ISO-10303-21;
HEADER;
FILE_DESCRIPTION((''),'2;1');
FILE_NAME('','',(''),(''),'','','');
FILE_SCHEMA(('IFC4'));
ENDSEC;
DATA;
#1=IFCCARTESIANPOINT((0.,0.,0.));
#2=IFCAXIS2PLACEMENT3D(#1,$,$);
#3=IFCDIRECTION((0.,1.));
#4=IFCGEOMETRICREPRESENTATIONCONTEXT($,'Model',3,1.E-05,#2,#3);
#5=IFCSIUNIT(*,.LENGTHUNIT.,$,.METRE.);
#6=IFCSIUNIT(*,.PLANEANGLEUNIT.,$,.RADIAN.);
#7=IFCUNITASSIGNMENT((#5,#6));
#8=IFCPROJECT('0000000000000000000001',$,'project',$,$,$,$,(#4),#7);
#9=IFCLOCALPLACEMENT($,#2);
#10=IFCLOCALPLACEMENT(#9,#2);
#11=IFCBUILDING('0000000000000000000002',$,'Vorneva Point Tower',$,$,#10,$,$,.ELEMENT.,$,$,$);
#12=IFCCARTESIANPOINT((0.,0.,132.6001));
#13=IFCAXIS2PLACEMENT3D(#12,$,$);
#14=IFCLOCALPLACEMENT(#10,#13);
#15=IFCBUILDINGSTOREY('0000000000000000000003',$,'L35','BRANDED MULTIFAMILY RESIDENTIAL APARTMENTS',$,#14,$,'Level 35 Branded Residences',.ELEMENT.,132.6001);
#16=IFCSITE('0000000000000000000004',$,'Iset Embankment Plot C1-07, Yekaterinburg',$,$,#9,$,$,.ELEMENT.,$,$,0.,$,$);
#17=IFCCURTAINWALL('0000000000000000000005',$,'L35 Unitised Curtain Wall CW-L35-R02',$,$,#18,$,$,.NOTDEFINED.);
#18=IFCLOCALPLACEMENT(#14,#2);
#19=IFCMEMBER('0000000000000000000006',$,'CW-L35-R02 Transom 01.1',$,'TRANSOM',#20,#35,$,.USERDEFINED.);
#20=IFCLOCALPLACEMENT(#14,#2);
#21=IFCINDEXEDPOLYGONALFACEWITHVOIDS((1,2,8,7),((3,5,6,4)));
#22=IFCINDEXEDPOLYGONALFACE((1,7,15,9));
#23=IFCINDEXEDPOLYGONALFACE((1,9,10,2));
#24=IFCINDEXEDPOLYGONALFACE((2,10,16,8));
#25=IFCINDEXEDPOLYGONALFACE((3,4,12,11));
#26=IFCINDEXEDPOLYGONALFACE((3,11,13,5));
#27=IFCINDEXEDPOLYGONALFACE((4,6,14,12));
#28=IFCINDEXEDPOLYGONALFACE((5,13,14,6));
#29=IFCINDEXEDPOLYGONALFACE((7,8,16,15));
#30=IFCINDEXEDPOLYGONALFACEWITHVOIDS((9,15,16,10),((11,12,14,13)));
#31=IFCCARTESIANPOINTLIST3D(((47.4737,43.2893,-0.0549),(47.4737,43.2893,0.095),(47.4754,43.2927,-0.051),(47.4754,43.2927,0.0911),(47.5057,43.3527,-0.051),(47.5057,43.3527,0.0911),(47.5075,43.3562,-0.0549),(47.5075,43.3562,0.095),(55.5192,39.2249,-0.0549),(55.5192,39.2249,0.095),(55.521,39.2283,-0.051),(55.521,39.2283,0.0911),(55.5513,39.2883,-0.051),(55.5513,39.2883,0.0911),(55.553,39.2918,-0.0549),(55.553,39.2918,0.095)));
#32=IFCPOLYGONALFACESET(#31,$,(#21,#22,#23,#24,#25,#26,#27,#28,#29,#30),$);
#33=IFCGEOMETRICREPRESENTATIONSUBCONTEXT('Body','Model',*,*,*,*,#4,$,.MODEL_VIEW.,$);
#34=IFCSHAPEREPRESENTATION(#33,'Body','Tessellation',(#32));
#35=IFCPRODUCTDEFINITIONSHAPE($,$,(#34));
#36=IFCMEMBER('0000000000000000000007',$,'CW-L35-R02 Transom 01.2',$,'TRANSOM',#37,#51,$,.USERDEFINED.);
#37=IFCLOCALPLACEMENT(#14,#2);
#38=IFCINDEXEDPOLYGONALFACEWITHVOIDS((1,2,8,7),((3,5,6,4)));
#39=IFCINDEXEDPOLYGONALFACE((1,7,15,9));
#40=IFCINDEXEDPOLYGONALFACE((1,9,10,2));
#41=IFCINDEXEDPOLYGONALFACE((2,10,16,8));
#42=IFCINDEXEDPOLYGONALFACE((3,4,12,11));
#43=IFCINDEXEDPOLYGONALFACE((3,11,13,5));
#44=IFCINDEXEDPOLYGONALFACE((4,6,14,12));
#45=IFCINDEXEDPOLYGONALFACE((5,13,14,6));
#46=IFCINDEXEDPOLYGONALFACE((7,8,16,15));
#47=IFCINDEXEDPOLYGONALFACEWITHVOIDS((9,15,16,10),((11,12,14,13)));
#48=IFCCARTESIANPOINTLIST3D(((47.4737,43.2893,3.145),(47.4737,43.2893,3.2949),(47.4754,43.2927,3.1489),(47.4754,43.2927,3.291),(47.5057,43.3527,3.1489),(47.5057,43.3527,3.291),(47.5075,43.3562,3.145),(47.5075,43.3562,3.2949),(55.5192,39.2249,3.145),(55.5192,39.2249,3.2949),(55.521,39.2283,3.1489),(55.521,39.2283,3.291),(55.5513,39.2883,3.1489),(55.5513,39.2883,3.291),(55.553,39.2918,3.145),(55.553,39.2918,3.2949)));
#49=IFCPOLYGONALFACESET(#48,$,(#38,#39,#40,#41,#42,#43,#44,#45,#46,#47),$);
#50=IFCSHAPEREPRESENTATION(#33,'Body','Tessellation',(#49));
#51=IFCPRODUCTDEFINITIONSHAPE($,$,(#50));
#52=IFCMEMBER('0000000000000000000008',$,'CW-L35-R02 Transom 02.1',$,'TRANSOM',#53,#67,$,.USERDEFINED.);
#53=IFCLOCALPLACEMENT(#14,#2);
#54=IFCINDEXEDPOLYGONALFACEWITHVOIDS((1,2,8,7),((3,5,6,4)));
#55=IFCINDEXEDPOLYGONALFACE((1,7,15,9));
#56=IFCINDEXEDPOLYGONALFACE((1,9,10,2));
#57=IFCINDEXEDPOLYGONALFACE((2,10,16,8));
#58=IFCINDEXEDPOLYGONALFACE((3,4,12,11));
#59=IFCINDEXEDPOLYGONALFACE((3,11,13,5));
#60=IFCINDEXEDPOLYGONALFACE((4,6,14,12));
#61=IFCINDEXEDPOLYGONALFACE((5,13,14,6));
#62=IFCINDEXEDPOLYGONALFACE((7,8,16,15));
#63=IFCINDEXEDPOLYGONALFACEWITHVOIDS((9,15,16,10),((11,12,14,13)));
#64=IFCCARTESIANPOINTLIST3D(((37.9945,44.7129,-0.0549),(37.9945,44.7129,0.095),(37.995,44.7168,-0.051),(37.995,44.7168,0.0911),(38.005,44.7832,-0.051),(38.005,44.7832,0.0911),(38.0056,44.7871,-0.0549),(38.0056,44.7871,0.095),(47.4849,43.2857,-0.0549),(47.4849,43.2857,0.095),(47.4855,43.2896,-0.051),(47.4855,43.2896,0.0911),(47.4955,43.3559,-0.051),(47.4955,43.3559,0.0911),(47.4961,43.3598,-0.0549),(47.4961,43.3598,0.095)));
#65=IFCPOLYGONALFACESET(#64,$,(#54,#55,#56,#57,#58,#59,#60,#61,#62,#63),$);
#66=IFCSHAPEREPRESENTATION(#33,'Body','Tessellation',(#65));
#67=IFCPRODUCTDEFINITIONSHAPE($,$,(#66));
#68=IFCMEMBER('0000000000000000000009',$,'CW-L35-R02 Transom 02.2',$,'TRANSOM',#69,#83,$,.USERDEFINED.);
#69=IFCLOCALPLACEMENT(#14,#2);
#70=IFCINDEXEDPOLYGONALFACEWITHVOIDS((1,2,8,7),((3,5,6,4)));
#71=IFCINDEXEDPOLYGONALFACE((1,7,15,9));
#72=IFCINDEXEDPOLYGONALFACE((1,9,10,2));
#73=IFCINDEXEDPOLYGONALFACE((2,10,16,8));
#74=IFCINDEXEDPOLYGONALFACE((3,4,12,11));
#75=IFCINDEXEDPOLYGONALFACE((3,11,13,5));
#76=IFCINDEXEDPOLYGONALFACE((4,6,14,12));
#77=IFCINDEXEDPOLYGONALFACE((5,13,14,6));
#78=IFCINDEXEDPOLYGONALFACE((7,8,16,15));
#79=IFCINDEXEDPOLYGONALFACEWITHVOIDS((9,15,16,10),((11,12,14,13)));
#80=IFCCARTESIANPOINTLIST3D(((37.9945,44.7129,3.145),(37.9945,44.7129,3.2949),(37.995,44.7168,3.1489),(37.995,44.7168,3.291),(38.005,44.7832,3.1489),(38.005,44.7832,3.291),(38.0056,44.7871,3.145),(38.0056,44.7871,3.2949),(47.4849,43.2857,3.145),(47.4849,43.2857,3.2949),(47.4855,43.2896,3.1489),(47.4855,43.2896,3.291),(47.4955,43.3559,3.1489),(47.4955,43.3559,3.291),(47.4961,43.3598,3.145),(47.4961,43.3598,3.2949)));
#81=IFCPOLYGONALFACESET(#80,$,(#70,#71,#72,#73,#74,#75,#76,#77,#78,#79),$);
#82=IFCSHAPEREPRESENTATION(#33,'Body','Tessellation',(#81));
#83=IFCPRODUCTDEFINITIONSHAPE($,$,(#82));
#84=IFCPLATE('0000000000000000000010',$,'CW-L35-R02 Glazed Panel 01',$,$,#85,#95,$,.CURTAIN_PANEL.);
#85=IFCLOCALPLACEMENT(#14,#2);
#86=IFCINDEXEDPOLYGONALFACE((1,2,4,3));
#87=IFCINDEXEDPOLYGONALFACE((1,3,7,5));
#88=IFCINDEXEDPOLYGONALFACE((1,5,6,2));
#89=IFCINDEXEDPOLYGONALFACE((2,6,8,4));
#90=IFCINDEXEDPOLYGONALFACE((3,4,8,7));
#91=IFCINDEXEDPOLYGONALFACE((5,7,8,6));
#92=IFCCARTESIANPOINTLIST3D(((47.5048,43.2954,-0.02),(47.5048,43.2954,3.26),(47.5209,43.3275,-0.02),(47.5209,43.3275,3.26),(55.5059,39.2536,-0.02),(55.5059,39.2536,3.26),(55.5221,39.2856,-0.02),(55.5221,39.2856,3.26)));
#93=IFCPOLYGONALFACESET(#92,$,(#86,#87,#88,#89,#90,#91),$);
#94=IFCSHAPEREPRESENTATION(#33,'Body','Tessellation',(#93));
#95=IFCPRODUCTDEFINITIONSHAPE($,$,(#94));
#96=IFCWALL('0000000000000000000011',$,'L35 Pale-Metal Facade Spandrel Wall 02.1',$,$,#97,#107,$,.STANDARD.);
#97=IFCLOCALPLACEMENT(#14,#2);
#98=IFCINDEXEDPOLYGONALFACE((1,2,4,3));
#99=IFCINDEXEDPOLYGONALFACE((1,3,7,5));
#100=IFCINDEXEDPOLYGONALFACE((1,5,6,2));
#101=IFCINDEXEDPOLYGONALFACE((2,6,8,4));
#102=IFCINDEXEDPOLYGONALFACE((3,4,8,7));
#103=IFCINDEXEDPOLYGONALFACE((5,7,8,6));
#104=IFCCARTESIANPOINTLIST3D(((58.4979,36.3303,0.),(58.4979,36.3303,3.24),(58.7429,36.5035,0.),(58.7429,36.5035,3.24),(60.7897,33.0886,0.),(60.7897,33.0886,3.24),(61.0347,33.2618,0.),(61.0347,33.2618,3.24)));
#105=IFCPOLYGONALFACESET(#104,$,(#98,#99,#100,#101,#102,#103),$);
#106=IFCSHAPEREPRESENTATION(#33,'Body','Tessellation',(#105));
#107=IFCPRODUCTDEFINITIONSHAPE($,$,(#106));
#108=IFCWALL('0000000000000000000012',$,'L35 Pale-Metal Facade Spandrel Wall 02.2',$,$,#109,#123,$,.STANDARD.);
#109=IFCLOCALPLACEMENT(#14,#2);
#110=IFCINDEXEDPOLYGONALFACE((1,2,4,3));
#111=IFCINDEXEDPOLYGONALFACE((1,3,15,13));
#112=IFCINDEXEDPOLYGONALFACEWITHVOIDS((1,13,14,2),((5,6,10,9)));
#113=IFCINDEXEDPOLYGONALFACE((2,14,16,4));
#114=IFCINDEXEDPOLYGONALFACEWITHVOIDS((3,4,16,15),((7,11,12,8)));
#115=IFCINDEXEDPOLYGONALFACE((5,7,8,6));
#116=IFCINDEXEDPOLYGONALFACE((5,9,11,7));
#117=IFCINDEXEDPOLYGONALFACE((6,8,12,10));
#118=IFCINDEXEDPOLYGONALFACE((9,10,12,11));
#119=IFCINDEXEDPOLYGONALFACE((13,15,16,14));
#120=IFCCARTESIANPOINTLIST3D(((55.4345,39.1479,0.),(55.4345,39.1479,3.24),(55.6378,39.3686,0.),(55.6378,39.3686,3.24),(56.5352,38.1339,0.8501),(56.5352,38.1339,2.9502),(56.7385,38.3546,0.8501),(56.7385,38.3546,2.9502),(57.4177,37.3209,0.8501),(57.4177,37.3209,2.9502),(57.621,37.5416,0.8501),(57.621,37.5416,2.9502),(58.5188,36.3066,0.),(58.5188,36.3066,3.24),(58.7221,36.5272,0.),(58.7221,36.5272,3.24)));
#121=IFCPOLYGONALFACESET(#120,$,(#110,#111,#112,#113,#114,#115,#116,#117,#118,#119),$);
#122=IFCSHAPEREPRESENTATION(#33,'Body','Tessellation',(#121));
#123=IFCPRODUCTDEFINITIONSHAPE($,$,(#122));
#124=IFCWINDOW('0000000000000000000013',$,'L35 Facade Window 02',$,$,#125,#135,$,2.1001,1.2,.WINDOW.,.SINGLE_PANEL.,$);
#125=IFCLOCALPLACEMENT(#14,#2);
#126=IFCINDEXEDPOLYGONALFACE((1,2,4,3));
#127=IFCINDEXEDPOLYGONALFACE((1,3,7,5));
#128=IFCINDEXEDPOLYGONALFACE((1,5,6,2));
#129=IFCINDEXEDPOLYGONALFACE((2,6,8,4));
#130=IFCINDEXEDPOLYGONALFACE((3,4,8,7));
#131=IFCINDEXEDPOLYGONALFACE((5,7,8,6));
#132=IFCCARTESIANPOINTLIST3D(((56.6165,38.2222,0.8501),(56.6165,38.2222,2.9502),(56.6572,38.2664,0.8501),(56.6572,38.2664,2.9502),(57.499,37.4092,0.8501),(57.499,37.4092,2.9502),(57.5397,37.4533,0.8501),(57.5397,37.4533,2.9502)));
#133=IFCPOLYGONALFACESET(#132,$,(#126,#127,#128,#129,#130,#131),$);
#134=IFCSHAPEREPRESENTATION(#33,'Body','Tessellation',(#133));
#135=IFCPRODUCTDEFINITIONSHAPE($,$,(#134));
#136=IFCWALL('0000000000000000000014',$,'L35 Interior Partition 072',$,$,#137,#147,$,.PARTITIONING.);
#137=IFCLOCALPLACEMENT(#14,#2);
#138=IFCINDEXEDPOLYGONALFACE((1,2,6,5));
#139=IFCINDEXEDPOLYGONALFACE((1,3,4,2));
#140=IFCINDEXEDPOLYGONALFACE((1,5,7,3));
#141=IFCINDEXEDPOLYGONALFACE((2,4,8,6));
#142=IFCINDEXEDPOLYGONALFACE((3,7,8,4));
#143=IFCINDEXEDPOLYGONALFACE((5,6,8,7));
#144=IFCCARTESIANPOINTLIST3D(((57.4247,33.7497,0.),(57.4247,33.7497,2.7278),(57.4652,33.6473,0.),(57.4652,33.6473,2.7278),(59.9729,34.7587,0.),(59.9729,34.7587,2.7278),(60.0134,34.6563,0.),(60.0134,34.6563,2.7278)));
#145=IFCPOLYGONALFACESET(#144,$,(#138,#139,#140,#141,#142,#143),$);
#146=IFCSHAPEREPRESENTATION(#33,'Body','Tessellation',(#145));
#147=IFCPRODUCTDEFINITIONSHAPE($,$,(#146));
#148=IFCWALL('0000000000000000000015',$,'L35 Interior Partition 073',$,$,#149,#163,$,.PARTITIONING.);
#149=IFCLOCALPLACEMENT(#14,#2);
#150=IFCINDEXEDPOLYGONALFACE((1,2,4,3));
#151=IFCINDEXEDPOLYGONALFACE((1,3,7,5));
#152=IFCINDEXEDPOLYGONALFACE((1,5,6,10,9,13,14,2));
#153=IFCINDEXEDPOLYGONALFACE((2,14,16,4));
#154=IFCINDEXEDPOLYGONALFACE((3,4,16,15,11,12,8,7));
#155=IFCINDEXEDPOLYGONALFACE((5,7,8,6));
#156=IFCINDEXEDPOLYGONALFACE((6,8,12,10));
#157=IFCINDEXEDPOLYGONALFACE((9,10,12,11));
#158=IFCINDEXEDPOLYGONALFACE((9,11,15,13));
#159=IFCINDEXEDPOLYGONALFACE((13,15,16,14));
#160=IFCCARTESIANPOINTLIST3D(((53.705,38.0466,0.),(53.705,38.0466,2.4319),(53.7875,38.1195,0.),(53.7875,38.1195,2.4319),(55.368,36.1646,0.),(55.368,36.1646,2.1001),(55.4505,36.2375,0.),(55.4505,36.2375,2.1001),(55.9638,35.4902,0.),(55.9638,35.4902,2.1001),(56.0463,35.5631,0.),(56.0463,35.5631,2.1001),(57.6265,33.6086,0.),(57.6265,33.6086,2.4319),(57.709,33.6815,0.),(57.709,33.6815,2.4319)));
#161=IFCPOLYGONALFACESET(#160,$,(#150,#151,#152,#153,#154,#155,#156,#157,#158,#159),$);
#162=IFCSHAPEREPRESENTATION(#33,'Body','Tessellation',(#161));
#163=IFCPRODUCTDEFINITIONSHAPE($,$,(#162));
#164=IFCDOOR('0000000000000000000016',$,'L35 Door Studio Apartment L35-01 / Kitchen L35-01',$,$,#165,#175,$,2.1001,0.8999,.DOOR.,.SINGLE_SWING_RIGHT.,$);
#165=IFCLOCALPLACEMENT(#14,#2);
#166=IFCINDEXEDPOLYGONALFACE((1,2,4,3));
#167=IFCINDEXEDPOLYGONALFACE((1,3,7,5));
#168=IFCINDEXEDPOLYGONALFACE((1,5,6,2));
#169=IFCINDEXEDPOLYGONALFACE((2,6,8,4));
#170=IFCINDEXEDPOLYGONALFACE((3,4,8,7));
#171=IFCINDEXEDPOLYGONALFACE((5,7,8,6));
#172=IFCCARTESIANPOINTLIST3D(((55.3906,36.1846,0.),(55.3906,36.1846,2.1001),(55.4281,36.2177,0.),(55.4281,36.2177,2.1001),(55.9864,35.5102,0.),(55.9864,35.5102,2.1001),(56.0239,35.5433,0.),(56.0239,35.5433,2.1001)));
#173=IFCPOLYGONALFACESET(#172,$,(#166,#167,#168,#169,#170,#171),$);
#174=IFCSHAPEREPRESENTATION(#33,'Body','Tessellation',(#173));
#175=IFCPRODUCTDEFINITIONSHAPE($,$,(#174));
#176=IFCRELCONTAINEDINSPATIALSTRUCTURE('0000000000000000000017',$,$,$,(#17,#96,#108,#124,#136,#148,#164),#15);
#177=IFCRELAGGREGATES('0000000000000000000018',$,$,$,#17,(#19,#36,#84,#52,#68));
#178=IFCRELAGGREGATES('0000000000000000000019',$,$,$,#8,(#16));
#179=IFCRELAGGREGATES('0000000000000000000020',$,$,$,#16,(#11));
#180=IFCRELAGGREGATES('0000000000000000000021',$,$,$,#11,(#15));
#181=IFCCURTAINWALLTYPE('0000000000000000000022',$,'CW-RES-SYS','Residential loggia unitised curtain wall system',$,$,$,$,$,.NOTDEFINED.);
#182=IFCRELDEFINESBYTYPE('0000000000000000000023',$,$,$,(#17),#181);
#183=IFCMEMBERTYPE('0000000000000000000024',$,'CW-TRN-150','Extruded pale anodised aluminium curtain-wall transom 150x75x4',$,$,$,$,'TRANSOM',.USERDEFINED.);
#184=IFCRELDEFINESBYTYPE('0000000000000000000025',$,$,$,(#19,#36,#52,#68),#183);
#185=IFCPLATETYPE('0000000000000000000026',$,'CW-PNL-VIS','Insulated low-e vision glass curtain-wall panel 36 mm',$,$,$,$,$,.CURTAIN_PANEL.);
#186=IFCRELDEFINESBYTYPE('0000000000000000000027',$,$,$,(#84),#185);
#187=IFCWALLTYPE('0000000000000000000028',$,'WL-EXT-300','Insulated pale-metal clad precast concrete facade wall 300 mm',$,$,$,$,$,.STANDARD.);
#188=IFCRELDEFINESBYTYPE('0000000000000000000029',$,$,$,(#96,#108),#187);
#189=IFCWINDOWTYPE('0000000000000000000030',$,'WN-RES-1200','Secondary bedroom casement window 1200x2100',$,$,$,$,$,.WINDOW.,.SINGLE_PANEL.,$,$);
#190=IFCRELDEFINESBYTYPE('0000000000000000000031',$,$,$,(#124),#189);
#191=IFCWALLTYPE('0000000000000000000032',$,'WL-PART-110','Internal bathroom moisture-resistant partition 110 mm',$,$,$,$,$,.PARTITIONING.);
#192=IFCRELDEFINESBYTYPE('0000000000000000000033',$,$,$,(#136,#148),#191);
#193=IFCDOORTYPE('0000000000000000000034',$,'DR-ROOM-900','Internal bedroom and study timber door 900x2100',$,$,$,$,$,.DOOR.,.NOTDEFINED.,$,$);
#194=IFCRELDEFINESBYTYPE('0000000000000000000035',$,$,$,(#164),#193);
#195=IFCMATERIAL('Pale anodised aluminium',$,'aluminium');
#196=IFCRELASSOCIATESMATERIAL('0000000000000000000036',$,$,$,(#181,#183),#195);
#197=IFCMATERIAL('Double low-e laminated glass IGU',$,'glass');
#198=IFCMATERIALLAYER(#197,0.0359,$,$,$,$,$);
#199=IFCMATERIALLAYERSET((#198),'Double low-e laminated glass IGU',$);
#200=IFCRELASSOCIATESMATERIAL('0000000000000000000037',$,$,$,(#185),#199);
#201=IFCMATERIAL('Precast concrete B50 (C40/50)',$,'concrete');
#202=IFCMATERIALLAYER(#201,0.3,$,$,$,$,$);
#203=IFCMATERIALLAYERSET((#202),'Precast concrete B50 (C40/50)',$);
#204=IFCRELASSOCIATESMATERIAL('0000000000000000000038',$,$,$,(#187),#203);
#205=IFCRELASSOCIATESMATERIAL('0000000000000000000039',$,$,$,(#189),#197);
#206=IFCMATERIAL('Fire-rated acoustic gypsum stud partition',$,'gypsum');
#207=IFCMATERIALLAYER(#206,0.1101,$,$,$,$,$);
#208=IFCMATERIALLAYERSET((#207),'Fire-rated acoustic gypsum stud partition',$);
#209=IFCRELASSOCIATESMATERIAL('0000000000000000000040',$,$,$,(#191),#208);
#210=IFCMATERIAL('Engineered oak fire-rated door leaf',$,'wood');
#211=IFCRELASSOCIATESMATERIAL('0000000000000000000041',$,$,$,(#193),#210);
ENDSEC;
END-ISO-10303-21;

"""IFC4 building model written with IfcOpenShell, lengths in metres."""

from ifc_helpers import new_model, si_unit, direction, frame, frame_2d, origin, origin_2d, place, context, subcontext, project, spatial, rectangle, hollow_rectangle, extrude, material, layer, layer_set, material_profile, profile_set, type_object, element, fill, aggregate, save


model = new_model("IFC4")

# Units and contexts
model_context = context("Model", 3, precision=1e-05, world=origin(), true_north=direction((0.0, 1.0)))
body_context = subcontext(model_context, "Body", "Model", "MODEL_VIEW")
ifc_project = project(units=[si_unit("LENGTHUNIT", "METRE"), si_unit("PLANEANGLEUNIT", "RADIAN")], contexts=[model_context])

# Site, building, storey
site_placement = place(None, origin())
site = spatial("IfcSite", under=ifc_project, at=site_placement, Name="Iset Embankment Plot C1-07, Yekaterinburg", CompositionType="ELEMENT", RefElevation=0.0)
building_placement = place(site_placement, origin())
building = spatial("IfcBuilding", under=site, at=building_placement, Name="Vorneva Point Tower", CompositionType="ELEMENT")
storey_placement = place(building_placement, frame((0.0, 0.0, 132.6001)))
storey = spatial("IfcBuildingStorey", under=building, at=storey_placement, Name="L35", Description="BRANDED MULTIFAMILY RESIDENTIAL APARTMENTS", LongName="Level 35 Branded Residences", CompositionType="ELEMENT", Elevation=132.6001)

# Shared definitions
ifc_material_1 = material(Name="Pale anodised aluminium", Category="aluminium")
curtain_wall_type = type_object("IfcCurtainWallType", Name="CW-RES-SYS", Description="Residential loggia unitised curtain wall system", PredefinedType="NOTDEFINED", material=ifc_material_1)

# Curtain wall, members, plate
curtain_wall_1_placement = place(storey_placement, origin())
curtain_wall_1 = element("IfcCurtainWall", 1, at=curtain_wall_1_placement, inside=storey, type_object=curtain_wall_type, Name="L35 Unitised Curtain Wall CW-L35-R02", PredefinedType="NOTDEFINED")
ifc_material_profile_1 = material_profile(ifc_material_1, hollow_rectangle(XDim=0.075, YDim=0.1499, WallThickness=0.0039, at=origin_2d()), Name="AL-TRN 150x75x4")
ifc_profile_set_1 = profile_set([ifc_material_profile_1], Name="Pale anodised aluminium")
member_type_1 = type_object("IfcMemberType", Name="CW-TRN-150", Description="Extruded pale anodised aluminium curtain-wall transom 150x75x4", ElementType="TRANSOM", PredefinedType="USERDEFINED", material=ifc_profile_set_1)
member_1_placement = place(storey_placement, frame((55.5361, 39.2583, 0.02), z_axis=(-0.892572, 0.450904, 0.0), x_axis=(-0.450904, -0.892572, 0.0)))
member_1 = element("IfcMember", 2, at=member_1_placement, type_object=member_type_1, Name="CW-L35-R02 Transom 01.1", ObjectType="TRANSOM", PredefinedType="USERDEFINED", context=body_context, shape_type="SweptSolid", body=[
    extrude(hollow_rectangle(XDim=0.075, YDim=0.1499, WallThickness=0.0039, at=origin_2d()), origin(), (0.0, 0.0, 1.0), 9.0139),
])
member_2_placement = place(storey_placement, frame((55.5361, 39.2583, 3.22), z_axis=(-0.892572, 0.450904, 0.0), x_axis=(-0.450904, -0.892572, 0.0)))
member_2 = element("IfcMember", 3, at=member_2_placement, type_object=member_type_1, Name="CW-L35-R02 Transom 01.2", ObjectType="TRANSOM", PredefinedType="USERDEFINED", context=body_context, shape_type="SweptSolid", body=[
    extrude(hollow_rectangle(XDim=0.075, YDim=0.1499, WallThickness=0.0039, at=origin_2d()), origin(), (0.0, 0.0, 1.0), 9.0139),
])
member_3_placement = place(storey_placement, frame((47.4905, 43.3228, 0.02), z_axis=(-0.98888, 0.148715, 0.0), x_axis=(-0.148715, -0.98888, 0.0)))
member_3 = element("IfcMember", 4, at=member_3_placement, type_object=member_type_1, Name="CW-L35-R02 Transom 02.1", ObjectType="TRANSOM", PredefinedType="USERDEFINED", context=body_context, shape_type="SweptSolid", body=[
    extrude(hollow_rectangle(XDim=0.075, YDim=0.1499, WallThickness=0.0039, at=origin_2d()), origin(), (0.0, 0.0, 1.0), 9.5972),
])
member_4_placement = place(storey_placement, frame((47.4905, 43.3228, 3.22), z_axis=(-0.98888, 0.148715, 0.0), x_axis=(-0.148715, -0.98888, 0.0)))
member_4 = element("IfcMember", 5, at=member_4_placement, type_object=member_type_1, Name="CW-L35-R02 Transom 02.2", ObjectType="TRANSOM", PredefinedType="USERDEFINED", context=body_context, shape_type="SweptSolid", body=[
    extrude(hollow_rectangle(XDim=0.075, YDim=0.1499, WallThickness=0.0039, at=origin_2d()), origin(), (0.0, 0.0, 1.0), 9.5972),
])
ifc_material_2 = material(Name="Double low-e laminated glass IGU", Category="glass")
ifc_layer_1 = layer(ifc_material_2, 0.0359)
ifc_layer_set_1 = layer_set([ifc_layer_1], Name="Double low-e laminated glass IGU")
plate_type = type_object("IfcPlateType", Name="CW-PNL-VIS", Description="Insulated low-e vision glass curtain-wall panel 36 mm", PredefinedType="CURTAIN_PANEL", material=ifc_layer_set_1)
plate_placement = place(storey_placement, frame((51.5134, 41.2905, -0.02), z_axis=(0.0, 0.0, 1.0), x_axis=(-0.892578, 0.450893, 0.0)))
plate = element("IfcPlate", 6, at=plate_placement, type_object=plate_type, Name="CW-L35-R02 Glazed Panel 01", PredefinedType="CURTAIN_PANEL", context=body_context, shape_type="SweptSolid", body=[
    extrude(rectangle(XDim=8.9641, YDim=0.0359, at=origin_2d()), origin(), (0.0, 0.0, 1.0), 3.28),
])
aggregate(curtain_wall_1, [member_1, member_2, plate, member_3, member_4])

# Wall
ifc_material_3 = material(Name="Precast concrete B50 (C40/50)", Category="concrete")
ifc_layer_2 = layer(ifc_material_3, 0.3)
ifc_layer_set_2 = layer_set([ifc_layer_2], Name="Precast concrete B50 (C40/50)")
wall_type_1 = type_object("IfcWallType", Name="WL-EXT-300", Description="Insulated pale-metal clad precast concrete facade wall 300 mm", PredefinedType="STANDARD", material=ifc_layer_set_2)
wall_1_placement = place(storey_placement, frame((60.9121, 33.1753, 0.0), z_axis=(0.0, 0.0, 1.0), x_axis=(-0.57727, 0.816554, 0.0)))
element("IfcWall", 7, at=wall_1_placement, inside=storey, type_object=wall_type_1, Name="L35 Pale-Metal Facade Spandrel Wall 02.1", PredefinedType="STANDARD", context=body_context, shape_type="SweptSolid", body=[
    extrude(rectangle(XDim=3.97, YDim=0.3, at=frame_2d((1.9849, 0.0))), origin(), (0.0, 0.0, 1.0), 3.24),
])

# Wall, opening, window
wall_2_placement = place(storey_placement, frame((58.6204, 36.417, 0.0), z_axis=(0.0, 0.0, 1.0), x_axis=(-0.735477, 0.67755, 0.0)))
wall_2 = element("IfcWall", 8, at=wall_2_placement, inside=storey, type_object=wall_type_1, Name="L35 Pale-Metal Facade Spandrel Wall 02.2", PredefinedType="STANDARD", context=body_context, shape_type="SweptSolid", body=[
    extrude(rectangle(XDim=4.1936, YDim=0.3, at=frame_2d((2.0967, 0.0))), origin(), (0.0, 0.0, 1.0), 3.24),
])
opening_1_placement = place(wall_2_placement, frame((1.4968, 0.0, 0.8501)))
opening_1 = element("IfcOpeningElement", 9, at=opening_1_placement, cuts=wall_2, PredefinedType="OPENING", context=body_context, shape_type="SweptSolid", body=[
    extrude(rectangle(XDim=1.2, YDim=2.1001, at=frame_2d((0.6001, 1.05))), frame((0.0, 0.165, 0.0), z_axis=(0.0, -1.0, 0.0), x_axis=(1.0, 0.0, 0.0)), (0.0, 0.0, 1.0), 0.3298),
])
window_type = type_object("IfcWindowType", Name="WN-RES-1200", Description="Secondary bedroom casement window 1200x2100", PartitioningType="SINGLE_PANEL", PredefinedType="WINDOW", material=ifc_material_2)
window_placement = place(opening_1_placement, origin())
window = element("IfcWindow", 10, at=window_placement, inside=storey, type_object=window_type, Name="L35 Facade Window 02", OverallHeight=2.1001, OverallWidth=1.2, PartitioningType="SINGLE_PANEL", PredefinedType="WINDOW", context=body_context, shape_type="SweptSolid", body=[
    extrude(rectangle(XDim=1.2, YDim=2.1001, at=frame_2d((0.6001, 1.05))), frame((0.0, 0.03, 0.0), z_axis=(0.0, -1.0, 0.0), x_axis=(1.0, 0.0, 0.0)), (0.0, 0.0, 1.0), 0.0601),
])
fill(opening_1, window)

# Wall
ifc_material_4 = material(Name="Fire-rated acoustic gypsum stud partition", Category="gypsum")
ifc_layer_3 = layer(ifc_material_4, 0.1101)
ifc_layer_set_3 = layer_set([ifc_layer_3], Name="Fire-rated acoustic gypsum stud partition")
wall_type_2 = type_object("IfcWallType", Name="WL-PART-110", Description="Internal bathroom moisture-resistant partition 110 mm", PredefinedType="PARTITIONING", material=ifc_layer_set_3)
wall_3_placement = place(storey_placement, frame((59.9932, 34.7075, 0.0), z_axis=(0.0, 0.0, 1.0), x_axis=(-0.929767, -0.368148, 0.0)))
element("IfcWall", 11, at=wall_3_placement, inside=storey, type_object=wall_type_2, Name="L35 Interior Partition 072", PredefinedType="PARTITIONING", context=body_context, shape_type="SweptSolid", body=[
    extrude(rectangle(XDim=2.7407, YDim=0.1101, at=frame_2d((1.3704, 0.0))), origin(), (0.0, 0.0, 1.0), 2.7278),
])

# Wall, opening, door
wall_4_placement = place(storey_placement, frame((57.6677, 33.645, 0.0), z_axis=(0.0, 0.0, 1.0), x_axis=(-0.662145, 0.749376, 0.0)))
wall_4 = element("IfcWall", 12, at=wall_4_placement, inside=storey, type_object=wall_type_2, Name="L35 Interior Partition 073", PredefinedType="PARTITIONING", context=body_context, shape_type="SweptSolid", body=[
    extrude(rectangle(XDim=5.9224, YDim=0.1101, at=frame_2d((2.9612, 0.0))), origin(), (0.0, 0.0, 1.0), 2.4319),
])
opening_2_placement = place(wall_4_placement, frame((2.511, 0.0, 0.0)))
opening_2 = element("IfcOpeningElement", 13, at=opening_2_placement, cuts=wall_4, PredefinedType="OPENING", context=body_context, shape_type="SweptSolid", body=[
    extrude(rectangle(XDim=0.8999, YDim=2.1001, at=frame_2d((0.45, 1.05))), frame((0.0, 0.0698, 0.0), z_axis=(0.0, -1.0, 0.0), x_axis=(1.0, 0.0, 0.0)), (0.0, 0.0, 1.0), 0.1399),
])
ifc_material_5 = material(Name="Engineered oak fire-rated door leaf", Category="wood")
door_type = type_object("IfcDoorType", Name="DR-ROOM-900", Description="Internal bedroom and study timber door 900x2100", OperationType="NOTDEFINED", PredefinedType="DOOR", material=ifc_material_5)
door_placement = place(opening_2_placement, origin())
door = element("IfcDoor", 14, at=door_placement, inside=storey, type_object=door_type, Name="L35 Door Studio Apartment L35-01 / Kitchen L35-01", OperationType="SINGLE_SWING_RIGHT", OverallHeight=2.1001, OverallWidth=0.8999, PredefinedType="DOOR", context=body_context, shape_type="SweptSolid", body=[
    extrude(rectangle(XDim=0.8999, YDim=2.1001, at=frame_2d((0.45, 1.05))), frame((0.0, 0.0249, 0.0), z_axis=(0.0, -1.0, 0.0), x_axis=(1.0, 0.0, 0.0)), (0.0, 0.0, 1.0), 0.05),
])
fill(opening_2, door)

save(model, "model.ifc")
